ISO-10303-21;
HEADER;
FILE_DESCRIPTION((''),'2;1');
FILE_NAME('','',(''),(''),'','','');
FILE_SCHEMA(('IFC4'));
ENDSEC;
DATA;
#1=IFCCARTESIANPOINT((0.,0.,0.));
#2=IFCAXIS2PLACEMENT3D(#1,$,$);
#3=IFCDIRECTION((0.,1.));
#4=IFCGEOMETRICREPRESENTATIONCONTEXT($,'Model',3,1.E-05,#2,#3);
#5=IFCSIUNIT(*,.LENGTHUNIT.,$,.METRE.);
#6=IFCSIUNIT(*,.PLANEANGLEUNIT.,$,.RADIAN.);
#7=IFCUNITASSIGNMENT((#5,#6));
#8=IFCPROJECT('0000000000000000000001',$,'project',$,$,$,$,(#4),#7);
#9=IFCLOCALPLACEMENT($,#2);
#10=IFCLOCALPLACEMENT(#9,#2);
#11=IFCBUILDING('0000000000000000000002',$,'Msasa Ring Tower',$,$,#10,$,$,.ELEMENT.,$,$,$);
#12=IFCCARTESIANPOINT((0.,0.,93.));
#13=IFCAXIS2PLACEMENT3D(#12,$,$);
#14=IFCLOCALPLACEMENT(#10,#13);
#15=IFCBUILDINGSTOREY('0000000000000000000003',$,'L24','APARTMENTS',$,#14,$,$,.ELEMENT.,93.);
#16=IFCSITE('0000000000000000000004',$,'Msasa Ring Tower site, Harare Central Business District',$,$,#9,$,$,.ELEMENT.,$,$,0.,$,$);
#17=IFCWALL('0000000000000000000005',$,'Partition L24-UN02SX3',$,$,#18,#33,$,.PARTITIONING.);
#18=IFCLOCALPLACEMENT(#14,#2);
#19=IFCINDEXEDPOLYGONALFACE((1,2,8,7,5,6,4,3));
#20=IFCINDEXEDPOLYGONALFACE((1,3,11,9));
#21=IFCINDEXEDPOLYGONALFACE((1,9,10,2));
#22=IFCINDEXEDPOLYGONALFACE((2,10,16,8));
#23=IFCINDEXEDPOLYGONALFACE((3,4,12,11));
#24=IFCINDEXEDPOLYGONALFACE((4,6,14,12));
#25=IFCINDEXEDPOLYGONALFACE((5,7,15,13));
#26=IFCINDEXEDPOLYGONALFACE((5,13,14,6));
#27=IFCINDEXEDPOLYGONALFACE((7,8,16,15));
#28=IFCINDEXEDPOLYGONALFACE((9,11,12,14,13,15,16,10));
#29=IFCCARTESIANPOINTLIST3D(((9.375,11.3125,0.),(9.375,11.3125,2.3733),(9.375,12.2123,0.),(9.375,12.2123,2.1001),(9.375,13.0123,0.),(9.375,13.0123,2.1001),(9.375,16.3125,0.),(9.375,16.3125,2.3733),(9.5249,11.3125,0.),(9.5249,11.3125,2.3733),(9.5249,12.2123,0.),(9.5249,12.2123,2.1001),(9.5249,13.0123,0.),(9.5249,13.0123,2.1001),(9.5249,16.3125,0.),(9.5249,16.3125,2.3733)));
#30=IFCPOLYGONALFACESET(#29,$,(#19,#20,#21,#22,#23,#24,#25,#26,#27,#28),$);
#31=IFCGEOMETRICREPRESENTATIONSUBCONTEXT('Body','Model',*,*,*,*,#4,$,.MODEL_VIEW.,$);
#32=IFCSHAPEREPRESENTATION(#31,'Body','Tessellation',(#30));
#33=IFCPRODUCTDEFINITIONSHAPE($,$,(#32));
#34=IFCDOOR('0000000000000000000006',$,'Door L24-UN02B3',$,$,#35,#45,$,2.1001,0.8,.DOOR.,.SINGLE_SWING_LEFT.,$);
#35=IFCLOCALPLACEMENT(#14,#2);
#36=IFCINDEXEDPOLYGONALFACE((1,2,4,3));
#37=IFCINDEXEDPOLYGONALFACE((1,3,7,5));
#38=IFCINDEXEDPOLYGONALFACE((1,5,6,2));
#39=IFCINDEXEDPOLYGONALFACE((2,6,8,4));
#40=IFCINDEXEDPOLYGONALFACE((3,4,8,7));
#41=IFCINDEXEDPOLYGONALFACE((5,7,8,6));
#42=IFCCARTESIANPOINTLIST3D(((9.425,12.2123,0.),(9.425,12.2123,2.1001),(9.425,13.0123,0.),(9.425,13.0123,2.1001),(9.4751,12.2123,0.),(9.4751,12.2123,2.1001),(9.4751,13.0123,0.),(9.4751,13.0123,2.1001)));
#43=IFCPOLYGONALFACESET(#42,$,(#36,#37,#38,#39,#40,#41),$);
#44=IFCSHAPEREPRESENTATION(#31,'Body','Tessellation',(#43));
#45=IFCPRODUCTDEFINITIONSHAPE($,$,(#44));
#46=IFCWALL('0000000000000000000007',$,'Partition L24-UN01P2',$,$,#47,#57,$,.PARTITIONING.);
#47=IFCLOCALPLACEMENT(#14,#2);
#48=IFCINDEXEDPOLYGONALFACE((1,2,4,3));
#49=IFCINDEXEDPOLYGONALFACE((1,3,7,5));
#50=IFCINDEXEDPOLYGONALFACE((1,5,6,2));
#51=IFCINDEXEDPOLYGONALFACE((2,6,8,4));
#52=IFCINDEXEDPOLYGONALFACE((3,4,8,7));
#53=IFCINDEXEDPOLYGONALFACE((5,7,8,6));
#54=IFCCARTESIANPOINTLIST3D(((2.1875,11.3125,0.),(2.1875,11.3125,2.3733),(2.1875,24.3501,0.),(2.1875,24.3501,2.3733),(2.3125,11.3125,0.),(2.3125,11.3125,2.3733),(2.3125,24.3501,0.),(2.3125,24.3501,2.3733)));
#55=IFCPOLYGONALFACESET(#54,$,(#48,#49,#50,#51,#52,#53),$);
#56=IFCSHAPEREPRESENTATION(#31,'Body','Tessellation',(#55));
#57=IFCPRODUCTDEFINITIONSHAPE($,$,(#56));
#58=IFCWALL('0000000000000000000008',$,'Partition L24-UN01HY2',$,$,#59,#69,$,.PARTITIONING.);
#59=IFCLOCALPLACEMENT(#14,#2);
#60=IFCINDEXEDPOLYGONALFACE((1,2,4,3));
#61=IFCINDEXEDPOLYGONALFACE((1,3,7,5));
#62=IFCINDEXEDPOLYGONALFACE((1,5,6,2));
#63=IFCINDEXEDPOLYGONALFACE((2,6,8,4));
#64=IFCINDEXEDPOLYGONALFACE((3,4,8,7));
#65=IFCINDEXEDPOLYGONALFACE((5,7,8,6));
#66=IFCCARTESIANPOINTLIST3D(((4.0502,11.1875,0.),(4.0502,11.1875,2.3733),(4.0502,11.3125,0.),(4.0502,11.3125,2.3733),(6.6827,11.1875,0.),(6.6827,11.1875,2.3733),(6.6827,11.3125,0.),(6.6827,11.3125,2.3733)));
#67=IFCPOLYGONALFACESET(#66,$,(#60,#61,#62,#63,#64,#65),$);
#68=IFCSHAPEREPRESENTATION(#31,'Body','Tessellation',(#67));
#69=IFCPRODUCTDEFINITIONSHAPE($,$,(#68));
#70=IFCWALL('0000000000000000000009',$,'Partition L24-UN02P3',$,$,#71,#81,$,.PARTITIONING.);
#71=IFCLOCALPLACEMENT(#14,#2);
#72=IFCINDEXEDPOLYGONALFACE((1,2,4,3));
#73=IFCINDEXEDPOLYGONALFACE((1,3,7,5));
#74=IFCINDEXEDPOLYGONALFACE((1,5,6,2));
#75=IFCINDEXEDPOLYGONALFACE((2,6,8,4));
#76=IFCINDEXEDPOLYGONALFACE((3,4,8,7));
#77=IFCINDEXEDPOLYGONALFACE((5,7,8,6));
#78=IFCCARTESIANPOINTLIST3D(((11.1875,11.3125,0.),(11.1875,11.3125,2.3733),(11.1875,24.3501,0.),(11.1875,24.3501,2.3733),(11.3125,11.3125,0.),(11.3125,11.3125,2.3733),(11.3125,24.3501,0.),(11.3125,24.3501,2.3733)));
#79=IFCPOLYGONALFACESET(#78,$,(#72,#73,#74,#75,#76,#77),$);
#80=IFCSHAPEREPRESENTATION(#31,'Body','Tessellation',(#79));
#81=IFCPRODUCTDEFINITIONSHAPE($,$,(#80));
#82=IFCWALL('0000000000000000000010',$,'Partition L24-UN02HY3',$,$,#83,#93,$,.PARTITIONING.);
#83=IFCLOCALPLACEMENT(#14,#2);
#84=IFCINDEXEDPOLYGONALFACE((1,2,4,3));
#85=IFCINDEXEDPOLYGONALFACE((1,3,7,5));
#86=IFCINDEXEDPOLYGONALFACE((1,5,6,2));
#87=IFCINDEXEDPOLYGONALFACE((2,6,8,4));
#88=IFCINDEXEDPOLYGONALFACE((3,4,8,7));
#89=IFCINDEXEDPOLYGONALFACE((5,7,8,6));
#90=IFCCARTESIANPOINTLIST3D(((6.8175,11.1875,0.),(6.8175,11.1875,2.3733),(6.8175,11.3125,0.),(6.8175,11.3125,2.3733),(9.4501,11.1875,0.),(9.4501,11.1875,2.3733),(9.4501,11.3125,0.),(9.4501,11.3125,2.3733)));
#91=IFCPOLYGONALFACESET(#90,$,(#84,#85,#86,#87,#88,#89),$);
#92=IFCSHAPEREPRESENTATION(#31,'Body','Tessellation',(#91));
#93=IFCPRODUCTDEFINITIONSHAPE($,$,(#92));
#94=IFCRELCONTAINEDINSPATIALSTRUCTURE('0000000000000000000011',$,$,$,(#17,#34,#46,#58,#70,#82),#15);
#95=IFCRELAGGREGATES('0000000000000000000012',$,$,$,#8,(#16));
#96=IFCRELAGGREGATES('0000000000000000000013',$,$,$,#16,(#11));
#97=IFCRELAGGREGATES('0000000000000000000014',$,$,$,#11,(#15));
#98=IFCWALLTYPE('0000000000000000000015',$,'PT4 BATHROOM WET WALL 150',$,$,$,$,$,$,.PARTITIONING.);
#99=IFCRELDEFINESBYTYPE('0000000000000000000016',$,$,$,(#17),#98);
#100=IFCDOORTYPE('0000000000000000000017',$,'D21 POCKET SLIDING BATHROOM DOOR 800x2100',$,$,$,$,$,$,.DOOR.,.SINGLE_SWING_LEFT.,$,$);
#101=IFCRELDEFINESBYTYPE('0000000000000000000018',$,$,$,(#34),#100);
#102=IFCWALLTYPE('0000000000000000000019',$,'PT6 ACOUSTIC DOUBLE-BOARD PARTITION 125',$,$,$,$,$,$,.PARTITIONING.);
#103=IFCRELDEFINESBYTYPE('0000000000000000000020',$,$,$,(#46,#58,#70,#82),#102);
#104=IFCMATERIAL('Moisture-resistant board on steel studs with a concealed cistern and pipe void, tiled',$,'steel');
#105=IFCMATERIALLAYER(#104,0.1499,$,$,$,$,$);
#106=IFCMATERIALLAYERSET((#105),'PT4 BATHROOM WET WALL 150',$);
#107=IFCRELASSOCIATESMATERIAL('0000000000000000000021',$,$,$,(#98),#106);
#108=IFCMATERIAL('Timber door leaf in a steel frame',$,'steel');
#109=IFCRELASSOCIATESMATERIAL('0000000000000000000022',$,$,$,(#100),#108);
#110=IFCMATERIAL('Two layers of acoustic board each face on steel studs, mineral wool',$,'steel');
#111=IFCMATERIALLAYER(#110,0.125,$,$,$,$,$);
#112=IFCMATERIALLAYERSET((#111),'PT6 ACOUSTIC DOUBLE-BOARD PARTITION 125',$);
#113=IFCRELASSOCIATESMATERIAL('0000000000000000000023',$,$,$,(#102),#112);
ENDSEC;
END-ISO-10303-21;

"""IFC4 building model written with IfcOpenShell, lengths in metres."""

from ifc_helpers import new_model, si_unit, direction, frame, frame_2d, origin, place, context, subcontext, project, spatial, rectangle, extrude, material, layer, layer_set, type_object, element, fill, save


model = new_model("IFC4")

# Units and contexts
model_context = context("Model", 3, precision=1e-05, world=origin(), true_north=direction((0.0, 1.0)))
body_context = subcontext(model_context, "Body", "Model", "MODEL_VIEW")
ifc_project = project(units=[si_unit("LENGTHUNIT", "METRE"), si_unit("PLANEANGLEUNIT", "RADIAN")], contexts=[model_context])

# Site, building, storey
site_placement = place(None, origin())
site = spatial("IfcSite", under=ifc_project, at=site_placement, Name="Msasa Ring Tower site, Harare Central Business District", CompositionType="ELEMENT", RefElevation=0.0)
building_placement = place(site_placement, origin())
building = spatial("IfcBuilding", under=site, at=building_placement, Name="Msasa Ring Tower", CompositionType="ELEMENT")
storey_placement = place(building_placement, frame((0.0, 0.0, 93.0)))
storey = spatial("IfcBuildingStorey", under=building, at=storey_placement, Name="L24", Description="APARTMENTS", CompositionType="ELEMENT", Elevation=93.0)

# Shared definitions
ifc_material_1 = material(Name="Moisture-resistant board on steel studs with a concealed cistern and pipe void, tiled", Category="steel")
ifc_layer_1 = layer(ifc_material_1, 0.1499)
ifc_layer_set_1 = layer_set([ifc_layer_1], Name="PT4 BATHROOM WET WALL 150")
wall_type_1 = type_object("IfcWallType", Name="PT4 BATHROOM WET WALL 150", PredefinedType="PARTITIONING", material=ifc_layer_set_1)
ifc_material_2 = material(Name="Timber door leaf in a steel frame", Category="steel")
door_type = type_object("IfcDoorType", Name="D21 POCKET SLIDING BATHROOM DOOR 800x2100", OperationType="SINGLE_SWING_LEFT", PredefinedType="DOOR", material=ifc_material_2)

# Wall, opening, door
wall_1_placement = place(storey_placement, frame((9.45, 11.3125, 0.0), z_axis=(0.0, 0.0, 1.0), x_axis=(0.0, 1.0, 0.0)))
wall_1 = element("IfcWall", 1, at=wall_1_placement, inside=storey, type_object=wall_type_1, Name="Partition L24-UN02SX3", PredefinedType="PARTITIONING", context=body_context, shape_type="SweptSolid", body=[
    extrude(rectangle(XDim=5.0, YDim=0.1499, at=frame_2d((2.5, 0.0))), origin(), (0.0, 0.0, 1.0), 2.3733),
])
opening_1_placement = place(wall_1_placement, frame((0.8999, 0.0, 0.0)))
opening_1 = element("IfcOpeningElement", 2, at=opening_1_placement, cuts=wall_1, PredefinedType="OPENING", context=body_context, shape_type="SweptSolid", body=[
    extrude(rectangle(XDim=0.8, YDim=2.1001, at=frame_2d((0.3999, 1.05))), frame((0.0, 0.085, 0.0), z_axis=(0.0, -1.0, 0.0), x_axis=(1.0, 0.0, 0.0)), (0.0, 0.0, 1.0), 0.1699),
])
door_1_placement = place(opening_1_placement, origin())
door_1 = element("IfcDoor", 3, at=door_1_placement, inside=storey, type_object=door_type, Name="Door L24-UN02B3", OperationType="SINGLE_SWING_LEFT", OverallHeight=2.1001, OverallWidth=0.8, PredefinedType="DOOR", context=body_context, shape_type="SweptSolid", body=[
    extrude(rectangle(XDim=0.8, YDim=2.1001, at=frame_2d((0.3999, 1.05))), frame((0.0, 0.0249, 0.0), z_axis=(0.0, -1.0, 0.0), x_axis=(1.0, 0.0, 0.0)), (0.0, 0.0, 1.0), 0.05),
])
fill(opening_1, door_1)

# Walls
ifc_material_3 = material(Name="Two layers of acoustic board each face on steel studs, mineral wool", Category="steel")
ifc_layer_2 = layer(ifc_material_3, 0.125)
ifc_layer_set_2 = layer_set([ifc_layer_2], Name="PT6 ACOUSTIC DOUBLE-BOARD PARTITION 125")
wall_type_2 = type_object("IfcWallType", Name="PT6 ACOUSTIC DOUBLE-BOARD PARTITION 125", PredefinedType="PARTITIONING", material=ifc_layer_set_2)
wall_2_placement = place(storey_placement, frame((2.25, 11.3125, 0.0), z_axis=(0.0, 0.0, 1.0), x_axis=(0.0, 1.0, 0.0)))
element("IfcWall", 4, at=wall_2_placement, inside=storey, type_object=wall_type_2, Name="Partition L24-UN01P2", PredefinedType="PARTITIONING", context=body_context, shape_type="SweptSolid", body=[
    extrude(rectangle(XDim=13.0376, YDim=0.125, at=frame_2d((6.5188, 0.0))), origin(), (0.0, 0.0, 1.0), 2.3733),
])
wall_3_placement = place(storey_placement, frame((4.05, 11.25, 0.0), z_axis=(0.0, 0.0, 1.0), x_axis=(1.0, 0.0, 0.0)))
element("IfcWall", 5, at=wall_3_placement, inside=storey, type_object=wall_type_2, Name="Partition L24-UN01HY2", PredefinedType="PARTITIONING", context=body_context, shape_type="SweptSolid", body=[
    extrude(rectangle(XDim=2.6326, YDim=0.125, at=frame_2d((1.3164, 0.0))), origin(), (0.0, 0.0, 1.0), 2.3733),
])
wall_4_placement = place(storey_placement, frame((11.25, 11.3125, 0.0), z_axis=(0.0, 0.0, 1.0), x_axis=(0.0, 1.0, 0.0)))
element("IfcWall", 6, at=wall_4_placement, inside=storey, type_object=wall_type_2, Name="Partition L24-UN02P3", PredefinedType="PARTITIONING", context=body_context, shape_type="SweptSolid", body=[
    extrude(rectangle(XDim=13.0376, YDim=0.125, at=frame_2d((6.5188, 0.0))), origin(), (0.0, 0.0, 1.0), 2.3733),
])
wall_5_placement = place(storey_placement, frame((6.8174, 11.25, 0.0), z_axis=(0.0, 0.0, 1.0), x_axis=(1.0, 0.0, 0.0)))
element("IfcWall", 7, at=wall_5_placement, inside=storey, type_object=wall_type_2, Name="Partition L24-UN02HY3", PredefinedType="PARTITIONING", context=body_context, shape_type="SweptSolid", body=[
    extrude(rectangle(XDim=2.6326, YDim=0.125, at=frame_2d((1.3164, 0.0))), origin(), (0.0, 0.0, 1.0), 2.3733),
])

save(model, "model.ifc")
